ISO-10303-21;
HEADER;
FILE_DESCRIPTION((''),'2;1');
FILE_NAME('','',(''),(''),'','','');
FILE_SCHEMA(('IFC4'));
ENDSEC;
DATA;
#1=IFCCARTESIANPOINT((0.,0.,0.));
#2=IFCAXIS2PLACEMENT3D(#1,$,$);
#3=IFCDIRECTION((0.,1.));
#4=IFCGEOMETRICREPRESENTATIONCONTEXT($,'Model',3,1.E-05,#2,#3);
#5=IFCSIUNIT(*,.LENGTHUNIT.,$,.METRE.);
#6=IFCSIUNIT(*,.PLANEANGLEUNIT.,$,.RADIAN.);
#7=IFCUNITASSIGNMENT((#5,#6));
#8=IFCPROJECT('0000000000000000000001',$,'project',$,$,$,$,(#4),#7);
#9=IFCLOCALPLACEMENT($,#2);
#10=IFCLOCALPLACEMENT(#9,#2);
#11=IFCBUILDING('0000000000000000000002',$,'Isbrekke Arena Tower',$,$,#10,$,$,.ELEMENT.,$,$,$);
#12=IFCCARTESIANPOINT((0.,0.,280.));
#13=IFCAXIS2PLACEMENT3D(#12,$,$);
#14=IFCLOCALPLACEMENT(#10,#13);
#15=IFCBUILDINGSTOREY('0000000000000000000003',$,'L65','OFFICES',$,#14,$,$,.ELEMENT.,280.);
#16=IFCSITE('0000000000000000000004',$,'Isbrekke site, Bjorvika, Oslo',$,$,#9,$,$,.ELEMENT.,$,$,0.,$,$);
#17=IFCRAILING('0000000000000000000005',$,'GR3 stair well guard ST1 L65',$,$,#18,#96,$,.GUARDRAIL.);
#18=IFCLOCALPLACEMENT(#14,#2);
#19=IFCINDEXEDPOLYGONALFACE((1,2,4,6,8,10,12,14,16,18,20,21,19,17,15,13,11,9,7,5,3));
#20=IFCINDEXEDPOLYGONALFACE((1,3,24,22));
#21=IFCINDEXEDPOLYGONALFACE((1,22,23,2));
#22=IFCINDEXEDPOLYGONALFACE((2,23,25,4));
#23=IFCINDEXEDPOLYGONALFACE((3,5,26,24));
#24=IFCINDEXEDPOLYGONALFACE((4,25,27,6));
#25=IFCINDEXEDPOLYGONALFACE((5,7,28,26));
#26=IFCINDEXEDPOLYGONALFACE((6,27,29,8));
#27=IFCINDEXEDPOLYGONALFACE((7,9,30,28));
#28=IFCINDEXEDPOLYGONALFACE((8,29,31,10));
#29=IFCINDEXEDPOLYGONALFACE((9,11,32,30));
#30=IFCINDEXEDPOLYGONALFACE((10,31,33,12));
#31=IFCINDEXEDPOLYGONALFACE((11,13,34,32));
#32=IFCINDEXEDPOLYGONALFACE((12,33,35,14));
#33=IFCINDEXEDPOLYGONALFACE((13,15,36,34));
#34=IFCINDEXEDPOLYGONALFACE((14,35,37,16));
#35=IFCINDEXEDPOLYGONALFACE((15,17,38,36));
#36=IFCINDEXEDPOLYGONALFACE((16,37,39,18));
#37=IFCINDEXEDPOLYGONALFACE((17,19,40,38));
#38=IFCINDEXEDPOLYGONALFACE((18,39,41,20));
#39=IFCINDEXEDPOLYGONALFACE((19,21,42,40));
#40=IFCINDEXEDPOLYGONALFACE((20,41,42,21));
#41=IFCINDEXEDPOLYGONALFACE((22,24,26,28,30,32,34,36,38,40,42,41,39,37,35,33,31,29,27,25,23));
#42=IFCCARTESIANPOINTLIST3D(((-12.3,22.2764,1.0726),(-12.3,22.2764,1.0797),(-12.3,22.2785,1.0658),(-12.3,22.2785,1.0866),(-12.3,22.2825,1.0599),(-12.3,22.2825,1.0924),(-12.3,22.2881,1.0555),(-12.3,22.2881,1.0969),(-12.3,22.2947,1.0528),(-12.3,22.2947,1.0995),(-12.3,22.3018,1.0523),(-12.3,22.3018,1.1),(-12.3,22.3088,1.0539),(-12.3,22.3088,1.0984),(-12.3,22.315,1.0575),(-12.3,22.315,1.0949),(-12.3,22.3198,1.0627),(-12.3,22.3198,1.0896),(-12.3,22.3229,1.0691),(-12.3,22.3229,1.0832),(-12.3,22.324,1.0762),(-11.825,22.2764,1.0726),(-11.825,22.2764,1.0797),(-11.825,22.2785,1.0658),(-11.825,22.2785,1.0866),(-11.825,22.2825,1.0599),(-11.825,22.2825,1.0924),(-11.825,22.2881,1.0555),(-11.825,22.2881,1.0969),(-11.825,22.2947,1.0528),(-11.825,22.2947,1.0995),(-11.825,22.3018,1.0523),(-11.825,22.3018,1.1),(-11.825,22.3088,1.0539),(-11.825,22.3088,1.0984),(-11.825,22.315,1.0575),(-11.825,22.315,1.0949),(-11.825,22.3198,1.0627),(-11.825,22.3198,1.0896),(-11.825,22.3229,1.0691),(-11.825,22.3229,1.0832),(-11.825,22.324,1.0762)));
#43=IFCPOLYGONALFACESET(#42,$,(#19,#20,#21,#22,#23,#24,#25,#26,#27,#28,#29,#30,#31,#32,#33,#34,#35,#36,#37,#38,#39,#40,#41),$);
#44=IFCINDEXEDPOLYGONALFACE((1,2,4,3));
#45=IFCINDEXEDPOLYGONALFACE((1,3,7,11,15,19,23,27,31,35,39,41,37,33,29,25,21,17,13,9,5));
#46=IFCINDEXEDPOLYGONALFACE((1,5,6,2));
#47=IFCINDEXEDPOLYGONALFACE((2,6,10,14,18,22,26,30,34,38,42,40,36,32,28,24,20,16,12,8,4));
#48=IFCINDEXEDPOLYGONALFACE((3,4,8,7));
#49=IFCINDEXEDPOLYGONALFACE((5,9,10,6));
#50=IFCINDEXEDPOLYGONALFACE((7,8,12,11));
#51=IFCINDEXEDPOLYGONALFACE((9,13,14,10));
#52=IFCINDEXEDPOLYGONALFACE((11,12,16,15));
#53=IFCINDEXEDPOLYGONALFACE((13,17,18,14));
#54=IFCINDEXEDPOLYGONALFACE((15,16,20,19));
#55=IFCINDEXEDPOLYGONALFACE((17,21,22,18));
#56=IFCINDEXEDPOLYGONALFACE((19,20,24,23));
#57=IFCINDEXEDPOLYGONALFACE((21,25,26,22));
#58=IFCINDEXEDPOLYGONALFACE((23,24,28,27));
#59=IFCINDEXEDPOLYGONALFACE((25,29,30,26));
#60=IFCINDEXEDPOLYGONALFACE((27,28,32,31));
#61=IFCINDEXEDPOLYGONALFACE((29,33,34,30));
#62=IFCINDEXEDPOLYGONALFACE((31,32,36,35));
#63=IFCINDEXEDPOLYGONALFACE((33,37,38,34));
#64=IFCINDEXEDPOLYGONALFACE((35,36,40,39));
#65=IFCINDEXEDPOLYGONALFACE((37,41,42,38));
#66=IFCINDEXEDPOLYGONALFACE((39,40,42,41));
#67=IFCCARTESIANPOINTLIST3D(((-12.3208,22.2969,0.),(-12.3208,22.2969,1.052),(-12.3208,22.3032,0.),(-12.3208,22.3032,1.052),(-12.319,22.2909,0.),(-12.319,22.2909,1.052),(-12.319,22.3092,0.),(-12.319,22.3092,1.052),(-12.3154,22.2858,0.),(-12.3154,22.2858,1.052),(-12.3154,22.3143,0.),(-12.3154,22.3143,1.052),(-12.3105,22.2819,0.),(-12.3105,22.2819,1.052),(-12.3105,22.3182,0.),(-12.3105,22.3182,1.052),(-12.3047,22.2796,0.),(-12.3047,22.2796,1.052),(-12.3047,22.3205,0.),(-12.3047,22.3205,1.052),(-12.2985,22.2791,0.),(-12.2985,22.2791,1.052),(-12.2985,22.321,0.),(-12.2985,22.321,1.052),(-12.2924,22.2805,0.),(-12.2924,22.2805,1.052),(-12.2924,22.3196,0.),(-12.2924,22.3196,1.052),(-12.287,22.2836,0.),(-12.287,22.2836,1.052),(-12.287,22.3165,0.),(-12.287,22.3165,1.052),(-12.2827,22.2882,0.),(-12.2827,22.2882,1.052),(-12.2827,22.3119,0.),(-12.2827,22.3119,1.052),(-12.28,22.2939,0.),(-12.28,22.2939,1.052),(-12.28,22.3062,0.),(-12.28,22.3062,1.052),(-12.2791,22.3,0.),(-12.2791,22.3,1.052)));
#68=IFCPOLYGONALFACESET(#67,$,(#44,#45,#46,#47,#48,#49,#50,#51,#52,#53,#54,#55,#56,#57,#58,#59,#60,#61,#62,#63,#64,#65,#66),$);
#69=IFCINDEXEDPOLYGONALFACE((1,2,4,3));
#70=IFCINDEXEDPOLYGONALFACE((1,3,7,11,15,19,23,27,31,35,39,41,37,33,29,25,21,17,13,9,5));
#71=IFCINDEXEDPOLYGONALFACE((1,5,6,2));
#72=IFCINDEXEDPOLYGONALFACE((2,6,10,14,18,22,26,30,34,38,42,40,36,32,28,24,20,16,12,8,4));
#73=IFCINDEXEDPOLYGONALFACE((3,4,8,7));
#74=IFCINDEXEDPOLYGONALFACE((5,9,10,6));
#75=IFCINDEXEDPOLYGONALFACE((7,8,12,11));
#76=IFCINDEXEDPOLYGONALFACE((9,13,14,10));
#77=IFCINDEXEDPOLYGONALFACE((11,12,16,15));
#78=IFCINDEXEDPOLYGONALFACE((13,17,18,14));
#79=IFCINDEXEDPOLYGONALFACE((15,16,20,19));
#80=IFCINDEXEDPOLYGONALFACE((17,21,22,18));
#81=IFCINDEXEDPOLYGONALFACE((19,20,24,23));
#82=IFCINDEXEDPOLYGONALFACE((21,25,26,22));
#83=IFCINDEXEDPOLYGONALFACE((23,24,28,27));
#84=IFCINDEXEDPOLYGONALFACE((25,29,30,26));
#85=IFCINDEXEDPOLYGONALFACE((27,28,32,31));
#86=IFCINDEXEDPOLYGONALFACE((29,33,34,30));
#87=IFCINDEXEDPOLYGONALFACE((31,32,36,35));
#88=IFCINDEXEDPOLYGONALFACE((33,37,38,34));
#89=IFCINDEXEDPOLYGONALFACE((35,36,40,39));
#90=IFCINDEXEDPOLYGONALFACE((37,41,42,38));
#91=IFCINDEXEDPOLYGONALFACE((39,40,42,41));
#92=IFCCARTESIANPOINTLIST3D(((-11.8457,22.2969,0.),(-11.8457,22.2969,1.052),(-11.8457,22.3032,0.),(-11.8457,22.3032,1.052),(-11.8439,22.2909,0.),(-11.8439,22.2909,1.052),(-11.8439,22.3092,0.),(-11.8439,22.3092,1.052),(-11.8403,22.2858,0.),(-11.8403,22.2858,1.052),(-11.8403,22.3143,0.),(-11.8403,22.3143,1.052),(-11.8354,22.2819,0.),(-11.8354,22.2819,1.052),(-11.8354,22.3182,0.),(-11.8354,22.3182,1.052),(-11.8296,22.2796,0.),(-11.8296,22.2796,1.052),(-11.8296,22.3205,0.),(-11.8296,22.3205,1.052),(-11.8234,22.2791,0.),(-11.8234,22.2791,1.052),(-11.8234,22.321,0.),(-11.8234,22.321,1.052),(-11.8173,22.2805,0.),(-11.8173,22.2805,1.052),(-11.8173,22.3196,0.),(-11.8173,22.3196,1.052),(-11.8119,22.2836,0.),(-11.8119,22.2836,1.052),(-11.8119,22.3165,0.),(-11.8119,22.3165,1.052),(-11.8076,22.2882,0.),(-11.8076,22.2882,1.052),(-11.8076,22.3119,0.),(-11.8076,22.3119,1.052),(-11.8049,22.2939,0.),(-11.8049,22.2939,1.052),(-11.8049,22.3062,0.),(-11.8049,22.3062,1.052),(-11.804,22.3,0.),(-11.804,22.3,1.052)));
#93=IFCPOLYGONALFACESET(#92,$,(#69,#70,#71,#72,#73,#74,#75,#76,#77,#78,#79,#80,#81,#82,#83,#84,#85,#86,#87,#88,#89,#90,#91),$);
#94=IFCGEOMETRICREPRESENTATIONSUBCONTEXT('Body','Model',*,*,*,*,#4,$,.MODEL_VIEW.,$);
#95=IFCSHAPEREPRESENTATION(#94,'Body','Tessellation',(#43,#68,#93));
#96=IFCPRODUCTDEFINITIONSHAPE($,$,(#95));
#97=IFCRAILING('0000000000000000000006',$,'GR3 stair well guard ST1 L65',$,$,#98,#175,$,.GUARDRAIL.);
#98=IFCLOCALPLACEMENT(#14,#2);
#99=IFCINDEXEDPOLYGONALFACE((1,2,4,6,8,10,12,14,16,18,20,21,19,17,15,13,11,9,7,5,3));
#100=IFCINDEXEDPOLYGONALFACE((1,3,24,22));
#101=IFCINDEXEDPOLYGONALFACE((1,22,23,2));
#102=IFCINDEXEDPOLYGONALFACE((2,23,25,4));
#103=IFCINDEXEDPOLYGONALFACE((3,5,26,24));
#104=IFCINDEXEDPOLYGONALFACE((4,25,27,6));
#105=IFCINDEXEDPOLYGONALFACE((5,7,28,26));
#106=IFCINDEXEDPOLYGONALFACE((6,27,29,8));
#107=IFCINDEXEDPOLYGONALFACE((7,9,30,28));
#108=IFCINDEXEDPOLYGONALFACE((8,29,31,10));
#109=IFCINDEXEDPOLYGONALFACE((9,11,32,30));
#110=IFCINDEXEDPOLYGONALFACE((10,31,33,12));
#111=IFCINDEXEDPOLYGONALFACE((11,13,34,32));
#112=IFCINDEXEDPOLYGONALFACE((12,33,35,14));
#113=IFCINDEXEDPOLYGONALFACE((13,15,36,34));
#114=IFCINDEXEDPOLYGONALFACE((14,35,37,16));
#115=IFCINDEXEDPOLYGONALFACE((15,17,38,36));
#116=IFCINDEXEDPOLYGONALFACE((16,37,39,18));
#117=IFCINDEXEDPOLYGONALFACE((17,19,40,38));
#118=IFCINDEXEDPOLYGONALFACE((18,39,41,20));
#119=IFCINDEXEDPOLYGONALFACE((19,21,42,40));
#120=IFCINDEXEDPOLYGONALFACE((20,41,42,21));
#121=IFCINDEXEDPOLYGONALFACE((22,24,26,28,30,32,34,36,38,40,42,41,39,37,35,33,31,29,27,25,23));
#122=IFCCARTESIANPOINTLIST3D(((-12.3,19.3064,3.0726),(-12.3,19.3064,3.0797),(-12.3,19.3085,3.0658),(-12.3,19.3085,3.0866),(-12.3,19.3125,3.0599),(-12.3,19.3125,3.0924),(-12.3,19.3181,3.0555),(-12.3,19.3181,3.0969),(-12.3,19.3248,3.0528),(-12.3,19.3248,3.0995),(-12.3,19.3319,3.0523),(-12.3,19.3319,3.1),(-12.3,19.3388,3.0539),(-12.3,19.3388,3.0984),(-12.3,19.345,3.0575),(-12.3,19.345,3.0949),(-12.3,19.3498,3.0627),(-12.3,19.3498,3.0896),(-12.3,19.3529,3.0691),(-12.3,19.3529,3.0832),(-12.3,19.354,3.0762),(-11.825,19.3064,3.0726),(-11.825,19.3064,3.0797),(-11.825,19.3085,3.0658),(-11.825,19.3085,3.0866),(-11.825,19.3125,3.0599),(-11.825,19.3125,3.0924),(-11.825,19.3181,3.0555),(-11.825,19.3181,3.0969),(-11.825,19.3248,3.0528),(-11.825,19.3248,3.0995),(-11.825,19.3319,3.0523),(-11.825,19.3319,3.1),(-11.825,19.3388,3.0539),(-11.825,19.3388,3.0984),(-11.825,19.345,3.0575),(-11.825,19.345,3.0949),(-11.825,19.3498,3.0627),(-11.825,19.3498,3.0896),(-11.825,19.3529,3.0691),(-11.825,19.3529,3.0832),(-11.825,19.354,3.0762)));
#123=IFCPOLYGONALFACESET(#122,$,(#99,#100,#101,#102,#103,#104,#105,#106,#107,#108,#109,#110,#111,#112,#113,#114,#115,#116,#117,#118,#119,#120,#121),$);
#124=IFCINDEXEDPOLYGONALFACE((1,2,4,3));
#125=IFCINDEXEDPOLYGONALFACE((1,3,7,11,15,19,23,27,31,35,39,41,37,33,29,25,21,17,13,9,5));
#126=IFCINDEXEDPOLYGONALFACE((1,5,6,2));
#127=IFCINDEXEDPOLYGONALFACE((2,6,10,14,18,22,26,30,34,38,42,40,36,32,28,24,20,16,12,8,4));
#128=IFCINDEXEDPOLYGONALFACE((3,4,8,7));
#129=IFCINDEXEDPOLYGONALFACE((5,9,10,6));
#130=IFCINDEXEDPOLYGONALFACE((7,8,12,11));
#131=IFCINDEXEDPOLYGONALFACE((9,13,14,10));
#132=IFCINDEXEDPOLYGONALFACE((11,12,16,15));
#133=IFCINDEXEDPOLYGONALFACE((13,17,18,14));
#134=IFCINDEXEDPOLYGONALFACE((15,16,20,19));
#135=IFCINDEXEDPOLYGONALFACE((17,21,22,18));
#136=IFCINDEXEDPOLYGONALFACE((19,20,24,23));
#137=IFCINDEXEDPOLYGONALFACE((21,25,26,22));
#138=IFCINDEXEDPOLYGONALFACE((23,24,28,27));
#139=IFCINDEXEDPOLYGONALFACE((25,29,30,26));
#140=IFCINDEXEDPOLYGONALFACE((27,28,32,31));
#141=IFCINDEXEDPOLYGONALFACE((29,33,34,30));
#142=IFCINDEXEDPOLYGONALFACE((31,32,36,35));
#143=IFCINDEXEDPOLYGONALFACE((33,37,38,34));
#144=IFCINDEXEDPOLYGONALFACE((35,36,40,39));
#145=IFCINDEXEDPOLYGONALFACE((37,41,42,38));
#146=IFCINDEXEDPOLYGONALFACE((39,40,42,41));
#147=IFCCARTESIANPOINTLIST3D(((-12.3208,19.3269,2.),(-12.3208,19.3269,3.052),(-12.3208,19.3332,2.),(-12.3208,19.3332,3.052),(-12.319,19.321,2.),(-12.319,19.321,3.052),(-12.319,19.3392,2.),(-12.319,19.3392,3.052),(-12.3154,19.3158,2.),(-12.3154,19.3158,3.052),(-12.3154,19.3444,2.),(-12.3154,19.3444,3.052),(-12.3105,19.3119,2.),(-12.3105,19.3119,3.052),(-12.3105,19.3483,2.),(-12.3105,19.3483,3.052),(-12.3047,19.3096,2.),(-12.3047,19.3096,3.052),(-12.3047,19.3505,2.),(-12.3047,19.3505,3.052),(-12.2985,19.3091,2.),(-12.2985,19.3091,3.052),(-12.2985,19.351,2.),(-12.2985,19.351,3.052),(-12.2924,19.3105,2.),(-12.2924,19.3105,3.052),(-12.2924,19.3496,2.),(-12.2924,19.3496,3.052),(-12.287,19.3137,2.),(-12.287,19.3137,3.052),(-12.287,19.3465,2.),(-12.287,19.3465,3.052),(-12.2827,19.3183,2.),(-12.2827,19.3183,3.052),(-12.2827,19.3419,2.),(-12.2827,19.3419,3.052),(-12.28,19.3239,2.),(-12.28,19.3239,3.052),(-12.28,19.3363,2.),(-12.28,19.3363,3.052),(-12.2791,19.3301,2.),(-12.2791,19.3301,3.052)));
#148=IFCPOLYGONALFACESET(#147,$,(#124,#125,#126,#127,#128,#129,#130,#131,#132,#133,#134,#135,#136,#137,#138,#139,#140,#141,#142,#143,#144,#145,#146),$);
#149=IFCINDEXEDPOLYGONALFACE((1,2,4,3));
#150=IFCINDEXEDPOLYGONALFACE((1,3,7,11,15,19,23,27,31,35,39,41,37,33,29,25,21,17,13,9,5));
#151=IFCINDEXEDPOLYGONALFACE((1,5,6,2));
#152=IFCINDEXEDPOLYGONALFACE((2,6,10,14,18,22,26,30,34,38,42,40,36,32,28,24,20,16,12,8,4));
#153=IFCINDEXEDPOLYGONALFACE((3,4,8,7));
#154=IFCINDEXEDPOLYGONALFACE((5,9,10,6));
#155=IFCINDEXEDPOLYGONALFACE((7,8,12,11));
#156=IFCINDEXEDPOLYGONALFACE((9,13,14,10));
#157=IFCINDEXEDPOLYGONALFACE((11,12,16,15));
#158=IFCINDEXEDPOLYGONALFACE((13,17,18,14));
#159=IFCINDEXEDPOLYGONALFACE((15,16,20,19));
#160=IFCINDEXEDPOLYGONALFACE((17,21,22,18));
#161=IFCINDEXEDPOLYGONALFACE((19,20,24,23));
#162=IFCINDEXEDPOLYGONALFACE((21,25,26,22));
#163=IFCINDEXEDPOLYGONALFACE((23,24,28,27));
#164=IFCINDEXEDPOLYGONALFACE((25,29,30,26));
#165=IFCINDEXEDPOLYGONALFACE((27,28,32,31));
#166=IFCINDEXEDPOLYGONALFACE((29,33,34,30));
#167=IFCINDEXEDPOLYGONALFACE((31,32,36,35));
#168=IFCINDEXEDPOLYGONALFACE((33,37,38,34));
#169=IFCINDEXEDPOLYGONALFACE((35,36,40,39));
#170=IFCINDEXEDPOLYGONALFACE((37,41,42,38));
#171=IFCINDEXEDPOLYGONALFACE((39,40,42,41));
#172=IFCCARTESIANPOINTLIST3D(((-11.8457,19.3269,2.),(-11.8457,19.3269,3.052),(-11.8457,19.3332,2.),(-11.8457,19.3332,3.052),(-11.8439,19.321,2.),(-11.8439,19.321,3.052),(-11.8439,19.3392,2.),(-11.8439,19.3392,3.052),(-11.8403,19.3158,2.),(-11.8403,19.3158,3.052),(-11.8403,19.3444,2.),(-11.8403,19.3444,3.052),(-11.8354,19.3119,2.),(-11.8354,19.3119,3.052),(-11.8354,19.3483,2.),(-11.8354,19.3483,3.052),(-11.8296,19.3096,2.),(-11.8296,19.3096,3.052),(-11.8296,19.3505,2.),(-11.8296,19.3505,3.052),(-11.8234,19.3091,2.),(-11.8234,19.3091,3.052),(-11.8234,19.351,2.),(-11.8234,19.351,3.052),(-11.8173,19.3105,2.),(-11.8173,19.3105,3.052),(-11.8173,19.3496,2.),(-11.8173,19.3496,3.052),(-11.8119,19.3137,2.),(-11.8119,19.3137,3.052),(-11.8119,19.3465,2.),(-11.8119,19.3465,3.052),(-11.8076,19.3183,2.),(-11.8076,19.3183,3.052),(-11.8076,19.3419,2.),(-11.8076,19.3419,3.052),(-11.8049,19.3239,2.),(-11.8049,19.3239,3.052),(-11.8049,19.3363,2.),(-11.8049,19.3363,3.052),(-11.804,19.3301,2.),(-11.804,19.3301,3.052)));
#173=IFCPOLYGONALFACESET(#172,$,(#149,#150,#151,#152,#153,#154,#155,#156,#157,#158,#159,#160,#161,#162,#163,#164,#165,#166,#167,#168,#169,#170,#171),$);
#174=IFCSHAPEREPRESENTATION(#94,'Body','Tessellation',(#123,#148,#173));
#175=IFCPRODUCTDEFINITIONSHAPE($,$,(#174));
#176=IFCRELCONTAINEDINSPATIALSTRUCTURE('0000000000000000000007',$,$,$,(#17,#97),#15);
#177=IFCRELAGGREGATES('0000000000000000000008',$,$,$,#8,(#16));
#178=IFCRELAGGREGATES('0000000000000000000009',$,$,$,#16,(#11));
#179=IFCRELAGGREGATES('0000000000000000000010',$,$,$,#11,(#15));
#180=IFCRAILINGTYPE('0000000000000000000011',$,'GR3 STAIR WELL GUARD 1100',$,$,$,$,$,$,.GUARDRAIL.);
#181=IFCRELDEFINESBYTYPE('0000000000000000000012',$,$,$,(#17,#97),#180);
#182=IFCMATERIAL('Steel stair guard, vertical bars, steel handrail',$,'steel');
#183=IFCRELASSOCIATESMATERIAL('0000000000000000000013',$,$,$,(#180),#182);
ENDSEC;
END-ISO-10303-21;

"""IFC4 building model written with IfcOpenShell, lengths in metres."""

from ifc_helpers import new_model, si_unit, direction, frame, origin, origin_2d, place, context, subcontext, project, spatial, circle, extrude, material, type_object, element, save


model = new_model("IFC4")

# Units and contexts
model_context = context("Model", 3, precision=1e-05, world=origin(), true_north=direction((0.0, 1.0)))
body_context = subcontext(model_context, "Body", "Model", "MODEL_VIEW")
ifc_project = project(units=[si_unit("LENGTHUNIT", "METRE"), si_unit("PLANEANGLEUNIT", "RADIAN")], contexts=[model_context])

# Site, building, storey
site_placement = place(None, origin())
site = spatial("IfcSite", under=ifc_project, at=site_placement, Name="Isbrekke site, Bjorvika, Oslo", CompositionType="ELEMENT", RefElevation=0.0)
building_placement = place(site_placement, origin())
building = spatial("IfcBuilding", under=site, at=building_placement, Name="Isbrekke Arena Tower", CompositionType="ELEMENT")
storey_placement = place(building_placement, frame((0.0, 0.0, 280.0)))
storey = spatial("IfcBuildingStorey", under=building, at=storey_placement, Name="L65", Description="OFFICES", CompositionType="ELEMENT", Elevation=280.0)

# Railings
ifc_material_1 = material(Name="Steel stair guard, vertical bars, steel handrail", Category="steel")
railing_type = type_object("IfcRailingType", Name="GR3 STAIR WELL GUARD 1100", PredefinedType="GUARDRAIL", material=ifc_material_1)
for number, where, name in (
    (1, (-12.3, 22.3, 0.0), "GR3 stair well guard ST1 L65"),
    (2, (-12.3, 19.3301, 2.0), "GR3 stair well guard ST1 L65"),
):
    element("IfcRailing", number, at=place(storey_placement, frame(where)), inside=storey, type_object=railing_type, Name=name, PredefinedType="GUARDRAIL", context=body_context, shape_type="SweptSolid", body=[
        extrude(circle(Radius=0.0239, at=origin_2d()), frame((0.0, 0.0, 1.0762), z_axis=(1.0, 0.0, 0.0), x_axis=(0.0, 1.0, 0.0)), (0.0, 0.0, 1.0), 0.4751),
        extrude(circle(Radius=0.021, at=origin_2d()), origin(), (0.0, 0.0, 1.0), 1.052),
        extrude(circle(Radius=0.021, at=origin_2d()), frame((0.4751, 0.0, 0.0)), (0.0, 0.0, 1.0), 1.052),
    ])

save(model, "model.ifc")
